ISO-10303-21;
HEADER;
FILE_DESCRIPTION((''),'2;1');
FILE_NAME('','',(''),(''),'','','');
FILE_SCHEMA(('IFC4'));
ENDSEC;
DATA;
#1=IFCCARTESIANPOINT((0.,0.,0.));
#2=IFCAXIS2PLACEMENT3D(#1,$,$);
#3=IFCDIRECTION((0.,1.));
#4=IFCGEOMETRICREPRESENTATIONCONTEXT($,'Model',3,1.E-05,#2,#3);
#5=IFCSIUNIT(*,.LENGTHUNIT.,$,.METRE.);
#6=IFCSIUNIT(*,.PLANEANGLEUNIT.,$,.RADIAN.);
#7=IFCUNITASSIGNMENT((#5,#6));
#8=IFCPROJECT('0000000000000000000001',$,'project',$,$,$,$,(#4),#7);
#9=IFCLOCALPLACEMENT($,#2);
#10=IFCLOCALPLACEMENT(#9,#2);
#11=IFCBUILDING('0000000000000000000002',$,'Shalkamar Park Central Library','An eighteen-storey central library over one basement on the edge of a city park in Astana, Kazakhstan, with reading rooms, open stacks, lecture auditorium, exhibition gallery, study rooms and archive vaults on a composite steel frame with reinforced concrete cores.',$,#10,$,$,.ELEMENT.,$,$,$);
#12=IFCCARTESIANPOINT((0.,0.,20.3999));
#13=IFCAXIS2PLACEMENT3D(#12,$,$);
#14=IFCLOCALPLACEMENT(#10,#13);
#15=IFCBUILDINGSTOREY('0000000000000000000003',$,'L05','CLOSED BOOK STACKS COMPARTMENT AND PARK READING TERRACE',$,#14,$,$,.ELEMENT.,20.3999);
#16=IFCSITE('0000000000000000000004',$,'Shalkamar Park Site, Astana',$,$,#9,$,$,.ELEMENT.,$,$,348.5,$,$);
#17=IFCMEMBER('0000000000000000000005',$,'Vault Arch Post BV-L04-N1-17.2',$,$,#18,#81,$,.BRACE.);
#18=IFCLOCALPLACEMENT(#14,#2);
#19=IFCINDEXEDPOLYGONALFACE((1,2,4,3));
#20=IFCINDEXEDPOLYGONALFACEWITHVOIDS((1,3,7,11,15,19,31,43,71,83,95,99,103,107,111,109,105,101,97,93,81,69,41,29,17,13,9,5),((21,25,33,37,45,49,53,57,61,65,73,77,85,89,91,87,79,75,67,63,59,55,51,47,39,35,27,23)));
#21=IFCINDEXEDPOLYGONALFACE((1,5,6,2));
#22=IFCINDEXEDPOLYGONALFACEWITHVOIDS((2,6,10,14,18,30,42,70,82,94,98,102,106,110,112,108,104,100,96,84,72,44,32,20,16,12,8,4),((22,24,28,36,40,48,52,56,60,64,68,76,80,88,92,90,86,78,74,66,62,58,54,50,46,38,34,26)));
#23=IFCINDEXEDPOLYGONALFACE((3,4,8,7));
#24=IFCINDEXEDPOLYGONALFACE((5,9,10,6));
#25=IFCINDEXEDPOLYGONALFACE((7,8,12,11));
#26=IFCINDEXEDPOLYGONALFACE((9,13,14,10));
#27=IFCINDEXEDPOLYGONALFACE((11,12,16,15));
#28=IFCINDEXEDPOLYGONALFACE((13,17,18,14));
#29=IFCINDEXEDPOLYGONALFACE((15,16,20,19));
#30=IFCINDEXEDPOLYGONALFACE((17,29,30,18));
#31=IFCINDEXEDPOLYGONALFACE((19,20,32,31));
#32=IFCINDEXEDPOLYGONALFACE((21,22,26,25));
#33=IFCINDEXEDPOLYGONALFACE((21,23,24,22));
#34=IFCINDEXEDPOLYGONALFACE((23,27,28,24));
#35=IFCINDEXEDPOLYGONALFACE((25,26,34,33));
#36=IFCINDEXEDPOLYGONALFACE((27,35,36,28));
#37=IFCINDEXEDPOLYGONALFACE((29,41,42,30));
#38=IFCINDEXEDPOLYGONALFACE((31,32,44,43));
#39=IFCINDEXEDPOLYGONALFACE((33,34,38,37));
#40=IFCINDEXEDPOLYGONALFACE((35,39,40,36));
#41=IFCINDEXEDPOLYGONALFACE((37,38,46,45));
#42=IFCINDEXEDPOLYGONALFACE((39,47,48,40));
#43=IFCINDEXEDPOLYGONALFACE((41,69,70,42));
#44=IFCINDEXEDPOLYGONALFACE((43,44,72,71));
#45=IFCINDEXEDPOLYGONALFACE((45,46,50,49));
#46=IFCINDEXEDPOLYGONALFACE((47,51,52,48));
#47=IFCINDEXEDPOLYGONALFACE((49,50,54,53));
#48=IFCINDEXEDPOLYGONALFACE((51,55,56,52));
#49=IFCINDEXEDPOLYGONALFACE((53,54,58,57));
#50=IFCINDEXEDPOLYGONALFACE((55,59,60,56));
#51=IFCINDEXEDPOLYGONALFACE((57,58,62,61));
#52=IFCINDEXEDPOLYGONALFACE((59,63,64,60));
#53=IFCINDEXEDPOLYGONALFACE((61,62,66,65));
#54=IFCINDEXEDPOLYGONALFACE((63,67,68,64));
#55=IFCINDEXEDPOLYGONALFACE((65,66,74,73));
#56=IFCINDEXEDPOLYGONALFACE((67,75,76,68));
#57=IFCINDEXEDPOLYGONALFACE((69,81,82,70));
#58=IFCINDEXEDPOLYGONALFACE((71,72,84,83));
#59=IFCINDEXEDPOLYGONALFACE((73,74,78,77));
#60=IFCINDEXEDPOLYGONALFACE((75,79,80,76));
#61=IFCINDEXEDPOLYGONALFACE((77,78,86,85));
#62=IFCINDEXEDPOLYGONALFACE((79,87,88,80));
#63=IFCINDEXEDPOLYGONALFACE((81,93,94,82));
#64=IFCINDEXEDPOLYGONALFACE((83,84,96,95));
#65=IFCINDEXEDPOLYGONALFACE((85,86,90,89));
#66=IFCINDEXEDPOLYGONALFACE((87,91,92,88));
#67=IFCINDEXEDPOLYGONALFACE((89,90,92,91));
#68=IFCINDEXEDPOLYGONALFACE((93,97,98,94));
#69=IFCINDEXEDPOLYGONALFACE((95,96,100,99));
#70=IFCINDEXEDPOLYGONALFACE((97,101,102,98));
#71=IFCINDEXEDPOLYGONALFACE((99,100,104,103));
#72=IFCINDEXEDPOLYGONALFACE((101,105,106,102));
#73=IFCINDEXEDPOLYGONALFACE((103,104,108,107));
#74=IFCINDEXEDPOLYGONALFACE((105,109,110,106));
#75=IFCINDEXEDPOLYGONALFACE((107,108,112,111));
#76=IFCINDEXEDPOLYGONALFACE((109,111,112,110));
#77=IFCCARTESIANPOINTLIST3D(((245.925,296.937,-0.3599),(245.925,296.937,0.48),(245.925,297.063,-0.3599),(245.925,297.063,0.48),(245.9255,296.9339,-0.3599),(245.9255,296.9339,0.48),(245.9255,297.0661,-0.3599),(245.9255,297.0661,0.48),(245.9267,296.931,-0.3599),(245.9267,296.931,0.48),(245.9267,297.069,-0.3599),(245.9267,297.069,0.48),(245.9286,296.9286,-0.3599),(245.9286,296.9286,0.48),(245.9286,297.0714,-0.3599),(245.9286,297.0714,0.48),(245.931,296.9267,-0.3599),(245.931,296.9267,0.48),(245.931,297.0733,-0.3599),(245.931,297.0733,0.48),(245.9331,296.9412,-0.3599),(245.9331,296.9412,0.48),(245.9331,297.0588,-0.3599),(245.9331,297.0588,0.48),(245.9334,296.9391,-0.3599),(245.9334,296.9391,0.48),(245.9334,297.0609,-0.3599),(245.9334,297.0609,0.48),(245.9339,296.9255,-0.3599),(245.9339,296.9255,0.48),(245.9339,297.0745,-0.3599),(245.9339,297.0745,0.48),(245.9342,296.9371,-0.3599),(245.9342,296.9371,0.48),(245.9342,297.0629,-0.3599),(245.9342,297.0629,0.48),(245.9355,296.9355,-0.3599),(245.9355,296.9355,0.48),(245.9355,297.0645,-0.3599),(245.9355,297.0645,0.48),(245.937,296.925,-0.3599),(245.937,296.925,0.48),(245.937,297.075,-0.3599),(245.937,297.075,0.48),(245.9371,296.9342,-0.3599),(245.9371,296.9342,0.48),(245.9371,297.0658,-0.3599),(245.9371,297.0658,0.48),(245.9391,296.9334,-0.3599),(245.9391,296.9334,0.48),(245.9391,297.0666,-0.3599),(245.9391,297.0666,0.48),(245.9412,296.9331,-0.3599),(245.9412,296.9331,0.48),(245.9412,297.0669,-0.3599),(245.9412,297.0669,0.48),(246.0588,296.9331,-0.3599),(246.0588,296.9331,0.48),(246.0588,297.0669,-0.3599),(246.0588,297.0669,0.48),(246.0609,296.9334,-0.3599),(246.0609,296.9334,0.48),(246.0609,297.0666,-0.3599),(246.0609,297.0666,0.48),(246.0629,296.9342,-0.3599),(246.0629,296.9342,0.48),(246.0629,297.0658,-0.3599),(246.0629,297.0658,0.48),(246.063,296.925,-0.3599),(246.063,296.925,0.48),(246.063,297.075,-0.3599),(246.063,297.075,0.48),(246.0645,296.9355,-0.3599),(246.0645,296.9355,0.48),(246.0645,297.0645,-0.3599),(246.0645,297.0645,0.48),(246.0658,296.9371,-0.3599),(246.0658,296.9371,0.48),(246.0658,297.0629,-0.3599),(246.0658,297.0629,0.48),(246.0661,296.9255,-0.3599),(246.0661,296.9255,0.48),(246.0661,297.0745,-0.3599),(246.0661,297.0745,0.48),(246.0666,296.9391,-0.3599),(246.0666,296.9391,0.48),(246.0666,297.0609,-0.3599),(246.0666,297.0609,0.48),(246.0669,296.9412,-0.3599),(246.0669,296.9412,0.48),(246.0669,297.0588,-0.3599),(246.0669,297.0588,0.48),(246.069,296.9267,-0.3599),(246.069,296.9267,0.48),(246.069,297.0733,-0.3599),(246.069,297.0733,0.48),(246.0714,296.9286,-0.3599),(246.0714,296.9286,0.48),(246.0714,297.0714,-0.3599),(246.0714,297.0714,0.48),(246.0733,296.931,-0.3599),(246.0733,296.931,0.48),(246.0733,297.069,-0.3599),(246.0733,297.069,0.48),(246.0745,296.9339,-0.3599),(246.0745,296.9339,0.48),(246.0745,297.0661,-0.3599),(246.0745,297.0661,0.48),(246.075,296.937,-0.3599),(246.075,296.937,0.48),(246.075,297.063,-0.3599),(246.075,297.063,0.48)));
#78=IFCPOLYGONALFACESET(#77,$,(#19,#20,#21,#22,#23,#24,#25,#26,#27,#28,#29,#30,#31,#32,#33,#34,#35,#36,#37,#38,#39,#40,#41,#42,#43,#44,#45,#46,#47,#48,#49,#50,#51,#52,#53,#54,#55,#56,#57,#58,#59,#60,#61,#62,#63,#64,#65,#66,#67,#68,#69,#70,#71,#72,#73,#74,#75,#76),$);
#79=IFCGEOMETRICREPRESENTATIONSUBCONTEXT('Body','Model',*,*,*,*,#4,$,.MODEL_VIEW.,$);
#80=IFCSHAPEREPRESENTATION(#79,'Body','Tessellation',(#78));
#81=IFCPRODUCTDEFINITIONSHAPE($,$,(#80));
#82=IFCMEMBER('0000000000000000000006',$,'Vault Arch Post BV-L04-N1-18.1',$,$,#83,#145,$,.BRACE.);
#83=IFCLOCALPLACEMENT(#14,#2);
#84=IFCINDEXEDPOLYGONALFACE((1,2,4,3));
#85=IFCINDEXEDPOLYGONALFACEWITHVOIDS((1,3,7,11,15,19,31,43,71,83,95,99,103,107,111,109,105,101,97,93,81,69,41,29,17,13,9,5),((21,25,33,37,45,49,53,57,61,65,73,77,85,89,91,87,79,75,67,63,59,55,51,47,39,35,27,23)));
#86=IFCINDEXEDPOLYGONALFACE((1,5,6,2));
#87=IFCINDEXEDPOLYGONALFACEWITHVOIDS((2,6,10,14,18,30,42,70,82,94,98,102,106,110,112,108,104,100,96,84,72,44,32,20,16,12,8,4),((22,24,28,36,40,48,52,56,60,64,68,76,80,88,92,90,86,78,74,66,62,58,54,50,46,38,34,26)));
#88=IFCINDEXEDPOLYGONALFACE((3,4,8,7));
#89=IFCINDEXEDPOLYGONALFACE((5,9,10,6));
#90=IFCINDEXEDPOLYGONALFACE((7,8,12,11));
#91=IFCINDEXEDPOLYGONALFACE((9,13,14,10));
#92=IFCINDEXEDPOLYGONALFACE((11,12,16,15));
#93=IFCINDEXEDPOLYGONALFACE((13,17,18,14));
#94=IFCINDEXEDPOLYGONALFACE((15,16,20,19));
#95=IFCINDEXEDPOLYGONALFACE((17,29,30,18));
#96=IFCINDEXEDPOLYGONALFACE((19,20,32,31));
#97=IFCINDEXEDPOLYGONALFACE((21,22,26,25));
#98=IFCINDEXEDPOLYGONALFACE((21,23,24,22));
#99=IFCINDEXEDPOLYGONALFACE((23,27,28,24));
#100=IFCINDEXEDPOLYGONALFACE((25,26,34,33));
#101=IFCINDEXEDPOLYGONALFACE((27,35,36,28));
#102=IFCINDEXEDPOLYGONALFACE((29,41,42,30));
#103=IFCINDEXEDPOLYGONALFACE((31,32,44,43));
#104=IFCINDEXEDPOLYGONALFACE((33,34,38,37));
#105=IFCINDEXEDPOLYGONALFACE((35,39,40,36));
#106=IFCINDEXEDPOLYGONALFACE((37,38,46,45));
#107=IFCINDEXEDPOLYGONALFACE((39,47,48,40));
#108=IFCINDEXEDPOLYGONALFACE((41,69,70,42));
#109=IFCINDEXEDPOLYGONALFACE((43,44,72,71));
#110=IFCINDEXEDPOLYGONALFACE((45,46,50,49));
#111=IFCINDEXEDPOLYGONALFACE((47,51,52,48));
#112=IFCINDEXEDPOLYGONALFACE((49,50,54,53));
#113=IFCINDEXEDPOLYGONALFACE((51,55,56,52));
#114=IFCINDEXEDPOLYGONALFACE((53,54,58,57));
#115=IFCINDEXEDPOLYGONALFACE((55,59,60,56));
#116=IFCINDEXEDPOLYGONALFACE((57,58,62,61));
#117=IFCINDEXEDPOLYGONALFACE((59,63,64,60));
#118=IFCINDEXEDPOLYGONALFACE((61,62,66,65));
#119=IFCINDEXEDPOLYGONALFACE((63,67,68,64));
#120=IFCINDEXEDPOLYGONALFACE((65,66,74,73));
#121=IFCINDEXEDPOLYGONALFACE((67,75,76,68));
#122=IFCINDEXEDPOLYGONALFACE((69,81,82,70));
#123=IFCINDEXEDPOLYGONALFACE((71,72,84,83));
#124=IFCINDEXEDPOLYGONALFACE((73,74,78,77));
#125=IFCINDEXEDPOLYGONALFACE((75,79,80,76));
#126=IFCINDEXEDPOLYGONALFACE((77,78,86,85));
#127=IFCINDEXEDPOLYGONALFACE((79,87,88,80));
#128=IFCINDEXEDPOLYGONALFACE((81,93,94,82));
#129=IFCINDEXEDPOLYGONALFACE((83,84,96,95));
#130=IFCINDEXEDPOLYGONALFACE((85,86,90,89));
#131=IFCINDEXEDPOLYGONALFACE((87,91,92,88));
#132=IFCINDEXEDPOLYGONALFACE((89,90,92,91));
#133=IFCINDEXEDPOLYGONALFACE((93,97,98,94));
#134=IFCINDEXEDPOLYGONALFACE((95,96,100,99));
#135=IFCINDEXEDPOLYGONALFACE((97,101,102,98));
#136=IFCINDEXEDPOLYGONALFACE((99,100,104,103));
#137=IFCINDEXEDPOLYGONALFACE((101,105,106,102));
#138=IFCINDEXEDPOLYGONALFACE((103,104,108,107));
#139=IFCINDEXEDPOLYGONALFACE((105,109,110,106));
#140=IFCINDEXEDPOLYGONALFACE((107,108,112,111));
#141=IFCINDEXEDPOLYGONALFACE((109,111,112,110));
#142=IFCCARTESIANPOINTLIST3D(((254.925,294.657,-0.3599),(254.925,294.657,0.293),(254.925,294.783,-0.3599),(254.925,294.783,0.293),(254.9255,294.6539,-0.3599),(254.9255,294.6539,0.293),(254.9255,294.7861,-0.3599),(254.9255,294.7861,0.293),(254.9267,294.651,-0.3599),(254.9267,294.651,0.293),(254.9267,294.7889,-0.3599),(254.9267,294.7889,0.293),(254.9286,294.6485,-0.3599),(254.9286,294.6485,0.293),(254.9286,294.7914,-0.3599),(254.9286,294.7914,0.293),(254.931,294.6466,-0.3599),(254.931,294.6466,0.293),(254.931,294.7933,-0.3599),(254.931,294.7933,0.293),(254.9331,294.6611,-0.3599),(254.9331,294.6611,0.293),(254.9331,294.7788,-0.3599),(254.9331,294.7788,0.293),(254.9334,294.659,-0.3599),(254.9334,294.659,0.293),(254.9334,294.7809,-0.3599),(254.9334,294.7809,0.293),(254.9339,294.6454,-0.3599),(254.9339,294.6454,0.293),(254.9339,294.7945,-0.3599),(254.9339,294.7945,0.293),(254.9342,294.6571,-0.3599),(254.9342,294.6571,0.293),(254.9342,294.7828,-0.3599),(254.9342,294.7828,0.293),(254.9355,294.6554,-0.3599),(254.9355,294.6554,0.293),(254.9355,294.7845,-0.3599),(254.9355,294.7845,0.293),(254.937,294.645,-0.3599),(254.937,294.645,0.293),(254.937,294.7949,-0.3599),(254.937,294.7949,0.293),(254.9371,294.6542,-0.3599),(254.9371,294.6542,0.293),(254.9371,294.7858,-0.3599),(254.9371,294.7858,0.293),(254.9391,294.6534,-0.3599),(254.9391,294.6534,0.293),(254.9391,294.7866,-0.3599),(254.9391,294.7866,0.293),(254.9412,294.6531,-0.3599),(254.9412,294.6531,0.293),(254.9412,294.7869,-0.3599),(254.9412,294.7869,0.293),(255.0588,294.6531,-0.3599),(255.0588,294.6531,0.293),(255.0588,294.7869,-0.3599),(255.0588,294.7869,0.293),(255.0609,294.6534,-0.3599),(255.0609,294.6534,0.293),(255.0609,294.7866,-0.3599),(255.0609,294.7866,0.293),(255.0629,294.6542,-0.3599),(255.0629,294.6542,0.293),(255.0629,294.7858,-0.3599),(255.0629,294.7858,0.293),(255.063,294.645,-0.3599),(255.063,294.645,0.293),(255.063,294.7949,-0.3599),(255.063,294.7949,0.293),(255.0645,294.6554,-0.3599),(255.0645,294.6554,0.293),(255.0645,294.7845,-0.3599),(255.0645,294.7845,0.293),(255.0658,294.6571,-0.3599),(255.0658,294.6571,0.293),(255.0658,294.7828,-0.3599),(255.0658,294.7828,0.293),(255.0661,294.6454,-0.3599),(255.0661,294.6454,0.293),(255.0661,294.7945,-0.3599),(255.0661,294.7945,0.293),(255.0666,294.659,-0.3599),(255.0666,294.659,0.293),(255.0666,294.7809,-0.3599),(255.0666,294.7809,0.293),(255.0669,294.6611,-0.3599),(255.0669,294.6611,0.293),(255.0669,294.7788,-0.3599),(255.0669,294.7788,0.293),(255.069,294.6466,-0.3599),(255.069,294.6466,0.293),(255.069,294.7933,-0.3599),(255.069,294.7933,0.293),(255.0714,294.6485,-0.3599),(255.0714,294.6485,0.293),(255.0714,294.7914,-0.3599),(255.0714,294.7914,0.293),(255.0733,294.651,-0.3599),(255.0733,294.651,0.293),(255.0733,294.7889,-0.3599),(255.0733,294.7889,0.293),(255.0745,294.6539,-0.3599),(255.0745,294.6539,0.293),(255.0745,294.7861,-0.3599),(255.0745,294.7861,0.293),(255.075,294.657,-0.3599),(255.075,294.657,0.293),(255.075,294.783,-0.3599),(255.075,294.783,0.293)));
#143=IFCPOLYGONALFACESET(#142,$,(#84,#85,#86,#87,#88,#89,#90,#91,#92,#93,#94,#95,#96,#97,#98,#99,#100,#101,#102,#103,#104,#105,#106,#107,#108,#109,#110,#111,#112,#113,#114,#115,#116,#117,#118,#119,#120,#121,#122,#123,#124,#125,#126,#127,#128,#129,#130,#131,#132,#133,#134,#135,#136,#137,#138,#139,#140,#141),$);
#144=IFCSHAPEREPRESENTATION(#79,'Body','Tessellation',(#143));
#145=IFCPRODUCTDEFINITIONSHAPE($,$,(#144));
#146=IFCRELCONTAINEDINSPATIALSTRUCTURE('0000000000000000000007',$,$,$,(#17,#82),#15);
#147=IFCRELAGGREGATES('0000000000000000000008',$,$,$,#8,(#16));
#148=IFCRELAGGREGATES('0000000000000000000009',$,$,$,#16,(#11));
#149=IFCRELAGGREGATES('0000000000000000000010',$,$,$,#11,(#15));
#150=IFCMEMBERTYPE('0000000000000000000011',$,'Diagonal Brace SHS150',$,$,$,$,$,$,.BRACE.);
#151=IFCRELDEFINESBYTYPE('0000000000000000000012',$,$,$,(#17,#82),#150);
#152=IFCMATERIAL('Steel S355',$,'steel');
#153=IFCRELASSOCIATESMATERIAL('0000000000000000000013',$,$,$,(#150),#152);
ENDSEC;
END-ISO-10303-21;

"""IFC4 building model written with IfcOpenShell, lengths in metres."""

from ifc_helpers import new_model, si_unit, direction, frame, origin, origin_2d, place, context, subcontext, project, spatial, hollow_rectangle, extrude, material, material_profile, profile_set, type_object, element, save


model = new_model("IFC4")

# Units and contexts
model_context = context("Model", 3, precision=1e-05, world=origin(), true_north=direction((0.0, 1.0)))
body_context = subcontext(model_context, "Body", "Model", "MODEL_VIEW")
ifc_project = project(units=[si_unit("LENGTHUNIT", "METRE"), si_unit("PLANEANGLEUNIT", "RADIAN")], contexts=[model_context])

# Site, building, storey
site_placement = place(None, origin())
site = spatial("IfcSite", under=ifc_project, at=site_placement, Name="Shalkamar Park Site, Astana", CompositionType="ELEMENT", RefElevation=348.5)
building_placement = place(site_placement, origin())
building = spatial("IfcBuilding", under=site, at=building_placement, Name="Shalkamar Park Central Library", Description="An eighteen-storey central library over one basement on the edge of a city park in Astana, Kazakhstan, with reading rooms, open stacks, lecture auditorium, exhibition gallery, study rooms and archive vaults on a composite steel frame with reinforced concrete cores.", CompositionType="ELEMENT")
storey_placement = place(building_placement, frame((0.0, 0.0, 20.3999)))
storey = spatial("IfcBuildingStorey", under=building, at=storey_placement, Name="L05", Description="CLOSED BOOK STACKS COMPARTMENT AND PARK READING TERRACE", CompositionType="ELEMENT", Elevation=20.3999)

# Members
ifc_material = material(Name="Steel S355", Category="steel")
ifc_material_profile_1 = material_profile(ifc_material, hollow_rectangle(XDim=0.1499, YDim=0.1499, WallThickness=0.0081, InnerFilletRadius=0.0081, OuterFilletRadius=0.012, at=origin_2d()), Name="SHS 150x150x8")
ifc_profile_set_1 = profile_set([ifc_material_profile_1], Name="Steel S355")
member_type_1 = type_object("IfcMemberType", Name="Diagonal Brace SHS150", PredefinedType="BRACE", material=ifc_profile_set_1)
member_1_placement = place(storey_placement, frame((246.0, 297.0, -0.3599), z_axis=(0.0, 0.0, 1.0), x_axis=(1.0, 0.0, 0.0)))
element("IfcMember", 1, at=member_1_placement, inside=storey, type_object=member_type_1, Name="Vault Arch Post BV-L04-N1-17.2", PredefinedType="BRACE", context=body_context, shape_type="SweptSolid", body=[
    extrude(hollow_rectangle(XDim=0.1499, YDim=0.1499, WallThickness=0.0081, InnerFilletRadius=0.0081, OuterFilletRadius=0.012, at=origin_2d()), origin(), (0.0, 0.0, 1.0), 0.8398),
])
member_2_placement = place(storey_placement, frame((255.0, 294.72, -0.3599), z_axis=(0.0, 0.0, 1.0), x_axis=(1.0, 0.0, 0.0)))
element("IfcMember", 2, at=member_2_placement, inside=storey, type_object=member_type_1, Name="Vault Arch Post BV-L04-N1-18.1", PredefinedType="BRACE", context=body_context, shape_type="SweptSolid", body=[
    extrude(hollow_rectangle(XDim=0.1499, YDim=0.1499, WallThickness=0.0081, InnerFilletRadius=0.0081, OuterFilletRadius=0.012, at=origin_2d()), origin(), (0.0, 0.0, 1.0), 0.6528),
])

save(model, "model.ifc")
